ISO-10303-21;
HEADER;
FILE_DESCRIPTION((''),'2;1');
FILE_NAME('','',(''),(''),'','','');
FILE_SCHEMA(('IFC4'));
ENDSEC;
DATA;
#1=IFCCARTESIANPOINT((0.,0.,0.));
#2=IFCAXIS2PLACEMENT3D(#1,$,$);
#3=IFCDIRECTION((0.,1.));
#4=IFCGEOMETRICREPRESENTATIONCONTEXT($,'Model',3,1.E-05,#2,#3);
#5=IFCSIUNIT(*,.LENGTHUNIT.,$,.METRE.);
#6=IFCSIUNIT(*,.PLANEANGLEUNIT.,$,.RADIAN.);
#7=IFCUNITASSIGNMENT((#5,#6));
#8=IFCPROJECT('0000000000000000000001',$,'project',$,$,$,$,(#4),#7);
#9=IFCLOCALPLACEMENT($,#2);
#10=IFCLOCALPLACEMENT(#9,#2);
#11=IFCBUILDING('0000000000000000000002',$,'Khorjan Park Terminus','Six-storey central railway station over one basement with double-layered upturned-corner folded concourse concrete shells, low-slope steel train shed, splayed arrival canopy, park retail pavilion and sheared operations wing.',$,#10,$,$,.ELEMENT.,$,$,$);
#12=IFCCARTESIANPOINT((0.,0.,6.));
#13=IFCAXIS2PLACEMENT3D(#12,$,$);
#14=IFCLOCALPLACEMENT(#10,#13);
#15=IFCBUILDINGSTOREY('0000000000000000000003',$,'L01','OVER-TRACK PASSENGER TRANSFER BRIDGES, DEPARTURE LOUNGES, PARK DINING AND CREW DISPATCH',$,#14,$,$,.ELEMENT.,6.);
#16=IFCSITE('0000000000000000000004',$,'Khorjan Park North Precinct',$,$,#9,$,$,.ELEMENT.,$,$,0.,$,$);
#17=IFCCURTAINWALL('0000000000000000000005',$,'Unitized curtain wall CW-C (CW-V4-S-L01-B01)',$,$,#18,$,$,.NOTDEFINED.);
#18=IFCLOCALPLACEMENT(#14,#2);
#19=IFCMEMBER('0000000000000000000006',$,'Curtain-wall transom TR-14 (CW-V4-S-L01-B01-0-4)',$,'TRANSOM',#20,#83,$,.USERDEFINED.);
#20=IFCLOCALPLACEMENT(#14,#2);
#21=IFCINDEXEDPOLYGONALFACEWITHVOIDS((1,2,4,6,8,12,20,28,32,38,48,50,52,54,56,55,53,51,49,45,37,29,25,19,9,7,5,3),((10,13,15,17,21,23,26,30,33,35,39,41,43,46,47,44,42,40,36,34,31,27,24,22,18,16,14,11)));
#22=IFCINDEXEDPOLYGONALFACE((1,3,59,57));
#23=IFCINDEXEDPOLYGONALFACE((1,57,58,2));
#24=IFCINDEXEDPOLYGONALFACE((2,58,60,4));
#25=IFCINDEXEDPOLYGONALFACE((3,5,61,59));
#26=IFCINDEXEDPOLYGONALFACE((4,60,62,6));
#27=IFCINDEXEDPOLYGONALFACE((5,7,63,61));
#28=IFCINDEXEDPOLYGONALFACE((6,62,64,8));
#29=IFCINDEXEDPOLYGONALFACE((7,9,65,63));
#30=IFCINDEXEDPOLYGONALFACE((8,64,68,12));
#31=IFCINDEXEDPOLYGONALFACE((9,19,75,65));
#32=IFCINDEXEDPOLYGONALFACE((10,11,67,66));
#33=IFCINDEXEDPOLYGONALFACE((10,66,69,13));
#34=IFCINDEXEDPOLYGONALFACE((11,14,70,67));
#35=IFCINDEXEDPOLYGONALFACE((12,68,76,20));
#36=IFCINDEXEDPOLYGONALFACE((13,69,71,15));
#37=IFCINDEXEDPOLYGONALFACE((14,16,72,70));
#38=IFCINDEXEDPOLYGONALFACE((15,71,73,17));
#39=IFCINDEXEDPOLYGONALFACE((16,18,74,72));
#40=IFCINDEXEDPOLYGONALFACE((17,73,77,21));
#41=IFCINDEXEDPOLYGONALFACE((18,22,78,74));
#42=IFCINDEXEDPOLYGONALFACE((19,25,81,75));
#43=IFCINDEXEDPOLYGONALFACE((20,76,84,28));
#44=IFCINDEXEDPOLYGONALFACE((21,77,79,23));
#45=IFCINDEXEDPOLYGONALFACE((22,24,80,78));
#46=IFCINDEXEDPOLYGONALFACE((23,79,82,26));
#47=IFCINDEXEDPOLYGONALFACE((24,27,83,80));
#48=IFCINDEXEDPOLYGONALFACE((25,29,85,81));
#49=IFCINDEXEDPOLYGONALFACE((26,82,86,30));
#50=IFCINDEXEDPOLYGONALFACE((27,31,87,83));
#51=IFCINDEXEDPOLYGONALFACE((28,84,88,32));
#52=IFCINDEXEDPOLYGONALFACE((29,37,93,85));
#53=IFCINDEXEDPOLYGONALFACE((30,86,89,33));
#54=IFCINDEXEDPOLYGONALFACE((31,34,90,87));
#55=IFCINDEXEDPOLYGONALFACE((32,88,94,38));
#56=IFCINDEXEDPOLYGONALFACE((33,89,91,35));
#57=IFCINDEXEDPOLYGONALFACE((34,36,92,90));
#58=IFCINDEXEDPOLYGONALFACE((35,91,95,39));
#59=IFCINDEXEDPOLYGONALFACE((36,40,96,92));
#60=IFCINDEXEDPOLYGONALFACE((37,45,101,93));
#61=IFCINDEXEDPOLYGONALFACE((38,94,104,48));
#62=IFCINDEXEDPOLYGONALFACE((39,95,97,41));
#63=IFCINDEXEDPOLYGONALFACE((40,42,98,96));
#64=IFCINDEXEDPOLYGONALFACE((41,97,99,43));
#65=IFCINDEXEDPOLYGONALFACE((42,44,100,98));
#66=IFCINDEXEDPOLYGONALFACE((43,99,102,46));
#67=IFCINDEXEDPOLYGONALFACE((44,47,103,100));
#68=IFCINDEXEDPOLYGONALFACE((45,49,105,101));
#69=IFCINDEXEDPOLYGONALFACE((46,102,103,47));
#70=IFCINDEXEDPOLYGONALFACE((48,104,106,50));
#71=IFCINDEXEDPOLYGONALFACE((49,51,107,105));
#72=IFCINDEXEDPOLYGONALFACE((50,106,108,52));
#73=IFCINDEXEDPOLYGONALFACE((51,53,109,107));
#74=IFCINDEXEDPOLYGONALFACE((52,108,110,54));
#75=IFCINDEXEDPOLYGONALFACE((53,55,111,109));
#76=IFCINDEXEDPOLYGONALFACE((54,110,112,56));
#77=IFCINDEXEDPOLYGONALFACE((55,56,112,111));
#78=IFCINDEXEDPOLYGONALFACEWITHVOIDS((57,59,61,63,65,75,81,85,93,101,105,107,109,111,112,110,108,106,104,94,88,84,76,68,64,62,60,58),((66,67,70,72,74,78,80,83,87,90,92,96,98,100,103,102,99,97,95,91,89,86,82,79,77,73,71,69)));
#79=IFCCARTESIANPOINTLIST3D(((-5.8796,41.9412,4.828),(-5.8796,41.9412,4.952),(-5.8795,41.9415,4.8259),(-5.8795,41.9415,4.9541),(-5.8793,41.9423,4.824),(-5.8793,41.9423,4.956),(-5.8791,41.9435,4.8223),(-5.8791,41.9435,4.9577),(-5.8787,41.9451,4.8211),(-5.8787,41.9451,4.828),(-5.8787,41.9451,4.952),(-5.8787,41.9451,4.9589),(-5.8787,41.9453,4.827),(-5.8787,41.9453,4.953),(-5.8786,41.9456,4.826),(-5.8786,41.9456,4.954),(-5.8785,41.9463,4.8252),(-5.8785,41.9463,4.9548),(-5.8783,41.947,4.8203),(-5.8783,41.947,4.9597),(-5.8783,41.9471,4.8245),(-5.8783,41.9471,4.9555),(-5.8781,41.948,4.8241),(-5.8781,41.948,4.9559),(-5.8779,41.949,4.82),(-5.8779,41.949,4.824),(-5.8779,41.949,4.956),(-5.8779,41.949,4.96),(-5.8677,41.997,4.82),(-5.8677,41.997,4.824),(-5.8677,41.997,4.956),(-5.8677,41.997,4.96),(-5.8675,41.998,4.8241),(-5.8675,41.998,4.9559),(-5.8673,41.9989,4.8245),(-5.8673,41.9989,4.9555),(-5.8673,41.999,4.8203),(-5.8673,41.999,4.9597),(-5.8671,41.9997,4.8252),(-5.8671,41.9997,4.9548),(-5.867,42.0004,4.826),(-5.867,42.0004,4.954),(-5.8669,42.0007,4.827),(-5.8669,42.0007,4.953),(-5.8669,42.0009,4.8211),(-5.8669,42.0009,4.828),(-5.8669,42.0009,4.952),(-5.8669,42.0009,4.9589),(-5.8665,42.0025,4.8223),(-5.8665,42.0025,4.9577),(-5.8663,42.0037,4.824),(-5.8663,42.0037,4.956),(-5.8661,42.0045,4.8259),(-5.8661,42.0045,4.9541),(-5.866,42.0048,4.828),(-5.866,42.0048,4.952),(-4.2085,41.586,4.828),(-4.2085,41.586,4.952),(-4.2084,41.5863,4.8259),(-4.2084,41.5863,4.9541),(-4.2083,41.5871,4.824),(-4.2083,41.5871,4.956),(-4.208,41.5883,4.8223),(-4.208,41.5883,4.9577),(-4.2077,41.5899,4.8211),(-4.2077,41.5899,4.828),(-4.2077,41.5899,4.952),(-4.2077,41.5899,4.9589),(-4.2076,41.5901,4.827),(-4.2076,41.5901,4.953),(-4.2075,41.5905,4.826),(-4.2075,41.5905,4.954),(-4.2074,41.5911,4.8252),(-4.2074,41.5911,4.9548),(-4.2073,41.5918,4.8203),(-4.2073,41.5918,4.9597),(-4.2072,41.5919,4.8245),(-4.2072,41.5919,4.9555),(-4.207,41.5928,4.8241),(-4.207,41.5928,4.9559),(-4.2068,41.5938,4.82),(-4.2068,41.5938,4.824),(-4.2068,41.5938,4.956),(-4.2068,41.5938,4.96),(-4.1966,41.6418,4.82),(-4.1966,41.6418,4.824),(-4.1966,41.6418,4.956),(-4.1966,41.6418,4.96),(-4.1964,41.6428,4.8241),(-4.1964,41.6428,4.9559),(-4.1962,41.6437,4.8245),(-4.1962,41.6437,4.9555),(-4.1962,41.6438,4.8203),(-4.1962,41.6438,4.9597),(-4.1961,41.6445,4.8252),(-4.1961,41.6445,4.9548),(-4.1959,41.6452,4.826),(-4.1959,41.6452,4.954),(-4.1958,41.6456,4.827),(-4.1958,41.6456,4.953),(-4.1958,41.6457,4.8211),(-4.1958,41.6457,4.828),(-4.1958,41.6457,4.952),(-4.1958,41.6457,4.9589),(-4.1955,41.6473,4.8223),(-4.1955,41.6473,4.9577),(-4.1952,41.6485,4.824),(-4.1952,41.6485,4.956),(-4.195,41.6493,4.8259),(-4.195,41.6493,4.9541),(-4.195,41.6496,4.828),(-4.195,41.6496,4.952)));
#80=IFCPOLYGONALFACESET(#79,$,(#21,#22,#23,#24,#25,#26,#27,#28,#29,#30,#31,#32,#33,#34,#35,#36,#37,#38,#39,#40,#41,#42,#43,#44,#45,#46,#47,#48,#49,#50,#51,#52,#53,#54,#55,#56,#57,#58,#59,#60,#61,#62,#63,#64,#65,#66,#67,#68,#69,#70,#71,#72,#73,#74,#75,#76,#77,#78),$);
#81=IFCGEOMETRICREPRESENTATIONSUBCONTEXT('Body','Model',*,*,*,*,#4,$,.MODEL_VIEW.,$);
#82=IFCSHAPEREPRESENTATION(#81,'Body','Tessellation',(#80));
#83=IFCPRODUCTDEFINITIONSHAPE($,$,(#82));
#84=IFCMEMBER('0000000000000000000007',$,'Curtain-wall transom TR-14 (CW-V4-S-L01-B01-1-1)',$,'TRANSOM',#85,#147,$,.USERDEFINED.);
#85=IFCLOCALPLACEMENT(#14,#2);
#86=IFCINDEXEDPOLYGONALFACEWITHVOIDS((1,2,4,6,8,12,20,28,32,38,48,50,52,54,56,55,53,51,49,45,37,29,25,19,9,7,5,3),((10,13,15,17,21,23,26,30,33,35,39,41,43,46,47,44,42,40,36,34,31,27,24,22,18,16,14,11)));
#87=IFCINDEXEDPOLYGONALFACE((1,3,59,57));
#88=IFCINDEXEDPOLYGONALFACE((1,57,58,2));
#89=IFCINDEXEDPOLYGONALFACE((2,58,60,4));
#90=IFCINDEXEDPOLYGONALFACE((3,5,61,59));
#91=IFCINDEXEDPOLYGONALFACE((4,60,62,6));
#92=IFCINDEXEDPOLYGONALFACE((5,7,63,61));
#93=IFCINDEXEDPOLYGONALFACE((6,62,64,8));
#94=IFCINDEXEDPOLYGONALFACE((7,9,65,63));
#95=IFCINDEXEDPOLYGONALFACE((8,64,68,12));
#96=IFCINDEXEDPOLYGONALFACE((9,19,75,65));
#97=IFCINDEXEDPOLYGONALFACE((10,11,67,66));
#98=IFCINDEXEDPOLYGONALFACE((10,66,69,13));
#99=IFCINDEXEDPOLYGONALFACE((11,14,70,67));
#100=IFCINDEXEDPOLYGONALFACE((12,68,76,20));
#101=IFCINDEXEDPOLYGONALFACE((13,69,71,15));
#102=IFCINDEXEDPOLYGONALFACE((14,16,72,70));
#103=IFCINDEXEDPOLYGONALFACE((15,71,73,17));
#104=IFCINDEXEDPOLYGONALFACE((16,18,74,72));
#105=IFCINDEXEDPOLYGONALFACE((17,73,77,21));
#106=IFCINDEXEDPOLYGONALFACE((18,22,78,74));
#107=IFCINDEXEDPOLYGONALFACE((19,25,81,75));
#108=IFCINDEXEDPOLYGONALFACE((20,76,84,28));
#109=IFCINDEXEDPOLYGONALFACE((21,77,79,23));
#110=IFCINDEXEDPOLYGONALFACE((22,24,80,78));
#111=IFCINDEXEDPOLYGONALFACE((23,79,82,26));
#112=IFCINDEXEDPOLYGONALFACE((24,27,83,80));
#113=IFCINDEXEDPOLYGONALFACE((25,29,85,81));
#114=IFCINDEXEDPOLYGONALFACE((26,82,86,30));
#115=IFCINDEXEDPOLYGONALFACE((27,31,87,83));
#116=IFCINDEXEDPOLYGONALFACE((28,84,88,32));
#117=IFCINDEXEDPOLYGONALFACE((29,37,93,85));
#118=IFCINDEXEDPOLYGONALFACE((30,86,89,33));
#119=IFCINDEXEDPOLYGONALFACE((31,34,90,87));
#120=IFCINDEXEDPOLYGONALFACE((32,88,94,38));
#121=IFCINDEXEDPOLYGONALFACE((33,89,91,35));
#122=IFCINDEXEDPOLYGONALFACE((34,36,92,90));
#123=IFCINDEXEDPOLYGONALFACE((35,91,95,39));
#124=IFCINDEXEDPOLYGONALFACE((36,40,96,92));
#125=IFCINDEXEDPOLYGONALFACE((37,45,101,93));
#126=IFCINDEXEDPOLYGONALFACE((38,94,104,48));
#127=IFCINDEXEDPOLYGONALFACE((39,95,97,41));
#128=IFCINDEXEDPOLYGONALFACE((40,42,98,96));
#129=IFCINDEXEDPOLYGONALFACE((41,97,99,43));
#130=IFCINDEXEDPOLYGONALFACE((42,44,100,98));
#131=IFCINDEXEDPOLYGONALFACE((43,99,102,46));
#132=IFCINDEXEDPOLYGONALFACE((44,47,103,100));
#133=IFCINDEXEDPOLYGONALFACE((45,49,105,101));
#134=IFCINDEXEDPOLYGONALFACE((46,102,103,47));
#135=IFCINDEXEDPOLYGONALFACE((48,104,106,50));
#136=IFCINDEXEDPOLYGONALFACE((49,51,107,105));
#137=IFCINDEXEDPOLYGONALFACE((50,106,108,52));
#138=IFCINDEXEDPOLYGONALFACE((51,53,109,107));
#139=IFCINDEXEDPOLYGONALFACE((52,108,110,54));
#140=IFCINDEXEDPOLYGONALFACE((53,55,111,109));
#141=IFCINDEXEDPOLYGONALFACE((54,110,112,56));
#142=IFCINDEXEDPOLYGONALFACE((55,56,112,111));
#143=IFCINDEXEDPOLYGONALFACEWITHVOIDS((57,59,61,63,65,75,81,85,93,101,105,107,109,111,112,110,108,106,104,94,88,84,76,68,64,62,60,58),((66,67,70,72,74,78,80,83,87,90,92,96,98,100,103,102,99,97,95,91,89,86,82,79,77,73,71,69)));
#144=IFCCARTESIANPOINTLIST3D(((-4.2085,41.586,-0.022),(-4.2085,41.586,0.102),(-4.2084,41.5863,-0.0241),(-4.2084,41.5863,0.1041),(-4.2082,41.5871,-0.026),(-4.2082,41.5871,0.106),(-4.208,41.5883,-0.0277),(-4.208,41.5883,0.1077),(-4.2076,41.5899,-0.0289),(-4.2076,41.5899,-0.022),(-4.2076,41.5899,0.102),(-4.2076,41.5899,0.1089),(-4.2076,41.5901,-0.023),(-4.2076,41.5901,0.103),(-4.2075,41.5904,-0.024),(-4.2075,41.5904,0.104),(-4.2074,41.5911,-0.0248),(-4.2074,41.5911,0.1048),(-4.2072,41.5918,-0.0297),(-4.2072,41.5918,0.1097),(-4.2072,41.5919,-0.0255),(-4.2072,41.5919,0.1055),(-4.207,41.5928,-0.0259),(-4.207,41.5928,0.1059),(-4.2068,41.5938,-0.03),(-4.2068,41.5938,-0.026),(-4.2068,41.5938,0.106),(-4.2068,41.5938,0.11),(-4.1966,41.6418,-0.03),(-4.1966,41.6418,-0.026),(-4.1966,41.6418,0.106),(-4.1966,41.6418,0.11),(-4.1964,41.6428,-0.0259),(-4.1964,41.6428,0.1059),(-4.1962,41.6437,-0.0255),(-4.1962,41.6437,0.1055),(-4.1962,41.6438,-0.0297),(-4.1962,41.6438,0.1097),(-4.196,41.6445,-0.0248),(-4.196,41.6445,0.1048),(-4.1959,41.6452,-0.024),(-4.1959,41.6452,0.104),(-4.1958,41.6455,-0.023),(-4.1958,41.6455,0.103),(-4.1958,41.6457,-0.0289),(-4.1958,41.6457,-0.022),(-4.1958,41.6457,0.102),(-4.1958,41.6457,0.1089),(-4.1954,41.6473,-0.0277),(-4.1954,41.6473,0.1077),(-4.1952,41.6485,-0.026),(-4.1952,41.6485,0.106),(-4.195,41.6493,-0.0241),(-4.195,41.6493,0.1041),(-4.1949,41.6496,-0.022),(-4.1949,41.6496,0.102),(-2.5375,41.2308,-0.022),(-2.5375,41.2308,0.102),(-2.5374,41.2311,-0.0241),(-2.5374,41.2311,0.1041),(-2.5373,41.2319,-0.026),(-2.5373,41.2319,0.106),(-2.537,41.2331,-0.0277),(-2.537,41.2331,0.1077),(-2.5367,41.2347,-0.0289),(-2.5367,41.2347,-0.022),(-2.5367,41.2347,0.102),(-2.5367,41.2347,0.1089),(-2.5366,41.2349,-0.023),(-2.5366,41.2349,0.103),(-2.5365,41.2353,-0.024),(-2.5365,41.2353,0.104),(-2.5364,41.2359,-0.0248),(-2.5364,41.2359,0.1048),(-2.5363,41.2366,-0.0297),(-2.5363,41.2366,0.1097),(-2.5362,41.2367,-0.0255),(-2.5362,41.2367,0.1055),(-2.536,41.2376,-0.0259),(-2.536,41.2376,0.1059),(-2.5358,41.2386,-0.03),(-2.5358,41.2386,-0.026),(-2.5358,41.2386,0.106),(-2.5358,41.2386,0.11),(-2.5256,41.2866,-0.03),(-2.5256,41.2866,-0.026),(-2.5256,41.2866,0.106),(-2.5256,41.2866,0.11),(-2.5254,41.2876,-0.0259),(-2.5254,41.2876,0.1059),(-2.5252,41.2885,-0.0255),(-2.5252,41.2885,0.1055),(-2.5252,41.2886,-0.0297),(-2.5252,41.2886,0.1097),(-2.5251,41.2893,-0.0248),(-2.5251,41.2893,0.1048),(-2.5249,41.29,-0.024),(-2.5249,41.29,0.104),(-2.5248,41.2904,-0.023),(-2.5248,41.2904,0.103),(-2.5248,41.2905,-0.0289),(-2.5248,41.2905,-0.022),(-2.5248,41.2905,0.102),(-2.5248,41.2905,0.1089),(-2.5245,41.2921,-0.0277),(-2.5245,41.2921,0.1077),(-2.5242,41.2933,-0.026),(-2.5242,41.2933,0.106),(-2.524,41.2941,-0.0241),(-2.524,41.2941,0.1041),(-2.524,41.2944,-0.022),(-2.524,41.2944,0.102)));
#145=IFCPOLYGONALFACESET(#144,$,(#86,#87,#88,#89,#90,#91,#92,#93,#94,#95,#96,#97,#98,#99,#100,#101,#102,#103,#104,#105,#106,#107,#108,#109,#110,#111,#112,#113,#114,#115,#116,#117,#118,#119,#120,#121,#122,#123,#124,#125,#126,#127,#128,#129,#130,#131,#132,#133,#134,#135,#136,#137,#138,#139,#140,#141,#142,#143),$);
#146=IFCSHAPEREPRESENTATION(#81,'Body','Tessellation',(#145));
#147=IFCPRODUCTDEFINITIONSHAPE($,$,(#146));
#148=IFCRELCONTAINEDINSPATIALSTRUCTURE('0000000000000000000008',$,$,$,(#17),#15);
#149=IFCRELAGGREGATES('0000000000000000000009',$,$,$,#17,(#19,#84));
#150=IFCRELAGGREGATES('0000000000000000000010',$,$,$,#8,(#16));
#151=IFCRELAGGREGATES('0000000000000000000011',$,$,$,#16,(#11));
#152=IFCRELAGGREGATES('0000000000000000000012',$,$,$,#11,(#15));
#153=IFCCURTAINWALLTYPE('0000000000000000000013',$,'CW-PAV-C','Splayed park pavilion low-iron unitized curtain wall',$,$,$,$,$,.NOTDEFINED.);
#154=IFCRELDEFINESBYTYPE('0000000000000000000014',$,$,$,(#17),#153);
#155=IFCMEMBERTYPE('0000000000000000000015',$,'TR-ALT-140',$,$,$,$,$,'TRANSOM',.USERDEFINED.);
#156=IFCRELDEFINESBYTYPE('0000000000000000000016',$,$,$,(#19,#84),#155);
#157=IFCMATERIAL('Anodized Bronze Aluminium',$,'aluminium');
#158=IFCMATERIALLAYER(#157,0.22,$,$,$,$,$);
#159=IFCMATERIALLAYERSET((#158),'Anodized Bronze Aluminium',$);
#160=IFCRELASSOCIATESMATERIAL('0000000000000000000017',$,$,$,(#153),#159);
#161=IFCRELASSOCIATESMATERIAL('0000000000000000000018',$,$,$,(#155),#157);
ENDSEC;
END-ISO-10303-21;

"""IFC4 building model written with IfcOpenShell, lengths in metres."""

from ifc_helpers import new_model, si_unit, direction, frame, origin, origin_2d, place, context, subcontext, project, spatial, hollow_rectangle, extrude, material, layer, layer_set, material_profile, profile_set, type_object, element, aggregate, save


model = new_model("IFC4")

# Units and contexts
model_context = context("Model", 3, precision=1e-05, world=origin(), true_north=direction((0.0, 1.0)))
body_context = subcontext(model_context, "Body", "Model", "MODEL_VIEW")
ifc_project = project(units=[si_unit("LENGTHUNIT", "METRE"), si_unit("PLANEANGLEUNIT", "RADIAN")], contexts=[model_context])

# Site, building, storey
site_placement = place(None, origin())
site = spatial("IfcSite", under=ifc_project, at=site_placement, Name="Khorjan Park North Precinct", CompositionType="ELEMENT", RefElevation=0.0)
building_placement = place(site_placement, origin())
building = spatial("IfcBuilding", under=site, at=building_placement, Name="Khorjan Park Terminus", Description="Six-storey central railway station over one basement with double-layered upturned-corner folded concourse concrete shells, low-slope steel train shed, splayed arrival canopy, park retail pavilion and sheared operations wing.", CompositionType="ELEMENT")
storey_placement = place(building_placement, frame((0.0, 0.0, 6.0)))
storey = spatial("IfcBuildingStorey", under=building, at=storey_placement, Name="L01", Description="OVER-TRACK PASSENGER TRANSFER BRIDGES, DEPARTURE LOUNGES, PARK DINING AND CREW DISPATCH", CompositionType="ELEMENT", Elevation=6.0)

# Curtain wall
ifc_material_1 = material(Name="Anodized Bronze Aluminium", Category="aluminium")
ifc_layer_1 = layer(ifc_material_1, 0.22)
ifc_layer_set_1 = layer_set([ifc_layer_1], Name="Anodized Bronze Aluminium")
curtain_wall_type = type_object("IfcCurtainWallType", Name="CW-PAV-C", Description="Splayed park pavilion low-iron unitized curtain wall", PredefinedType="NOTDEFINED", material=ifc_layer_set_1)
curtain_wall_1_placement = place(storey_placement, origin())
curtain_wall_1 = element("IfcCurtainWall", 1, at=curtain_wall_1_placement, inside=storey, type_object=curtain_wall_type, Name="Unitized curtain wall CW-C (CW-V4-S-L01-B01)", PredefinedType="NOTDEFINED")

# Members
ifc_material_profile_1 = material_profile(ifc_material_1, hollow_rectangle(XDim=0.065, YDim=0.14, WallThickness=0.004, InnerFilletRadius=0.004, OuterFilletRadius=0.008, at=origin_2d()), Name="ALT 65x140x4")
ifc_profile_set_1 = profile_set([ifc_material_profile_1], Name="Anodized Bronze Aluminium")
member_type_1 = type_object("IfcMemberType", Name="TR-ALT-140", ElementType="TRANSOM", PredefinedType="USERDEFINED", material=ifc_profile_set_1)
member_1_placement = place(storey_placement, frame((-5.8728, 41.973, 4.89), z_axis=(0.978148, -0.20791, 0.0), x_axis=(0.20791, 0.978148, 0.0)))
member_1 = element("IfcMember", 2, at=member_1_placement, type_object=member_type_1, Name="Curtain-wall transom TR-14 (CW-V4-S-L01-B01-0-4)", ObjectType="TRANSOM", PredefinedType="USERDEFINED", context=body_context, shape_type="SweptSolid", body=[
    extrude(hollow_rectangle(XDim=0.065, YDim=0.14, WallThickness=0.004, InnerFilletRadius=0.004, OuterFilletRadius=0.008, at=origin_2d()), origin(), (0.0, 0.0, 1.0), 1.7084),
])
member_2_placement = place(storey_placement, frame((-4.2017, 41.6178, 0.04), z_axis=(0.978145, -0.207922, 0.0), x_axis=(0.207922, 0.978145, 0.0)))
member_2 = element("IfcMember", 3, at=member_2_placement, type_object=member_type_1, Name="Curtain-wall transom TR-14 (CW-V4-S-L01-B01-1-1)", ObjectType="TRANSOM", PredefinedType="USERDEFINED", context=body_context, shape_type="SweptSolid", body=[
    extrude(hollow_rectangle(XDim=0.065, YDim=0.14, WallThickness=0.004, InnerFilletRadius=0.004, OuterFilletRadius=0.008, at=origin_2d()), origin(), (0.0, 0.0, 1.0), 1.7083),
])

aggregate(curtain_wall_1, [member_1, member_2])

save(model, "model.ifc")
